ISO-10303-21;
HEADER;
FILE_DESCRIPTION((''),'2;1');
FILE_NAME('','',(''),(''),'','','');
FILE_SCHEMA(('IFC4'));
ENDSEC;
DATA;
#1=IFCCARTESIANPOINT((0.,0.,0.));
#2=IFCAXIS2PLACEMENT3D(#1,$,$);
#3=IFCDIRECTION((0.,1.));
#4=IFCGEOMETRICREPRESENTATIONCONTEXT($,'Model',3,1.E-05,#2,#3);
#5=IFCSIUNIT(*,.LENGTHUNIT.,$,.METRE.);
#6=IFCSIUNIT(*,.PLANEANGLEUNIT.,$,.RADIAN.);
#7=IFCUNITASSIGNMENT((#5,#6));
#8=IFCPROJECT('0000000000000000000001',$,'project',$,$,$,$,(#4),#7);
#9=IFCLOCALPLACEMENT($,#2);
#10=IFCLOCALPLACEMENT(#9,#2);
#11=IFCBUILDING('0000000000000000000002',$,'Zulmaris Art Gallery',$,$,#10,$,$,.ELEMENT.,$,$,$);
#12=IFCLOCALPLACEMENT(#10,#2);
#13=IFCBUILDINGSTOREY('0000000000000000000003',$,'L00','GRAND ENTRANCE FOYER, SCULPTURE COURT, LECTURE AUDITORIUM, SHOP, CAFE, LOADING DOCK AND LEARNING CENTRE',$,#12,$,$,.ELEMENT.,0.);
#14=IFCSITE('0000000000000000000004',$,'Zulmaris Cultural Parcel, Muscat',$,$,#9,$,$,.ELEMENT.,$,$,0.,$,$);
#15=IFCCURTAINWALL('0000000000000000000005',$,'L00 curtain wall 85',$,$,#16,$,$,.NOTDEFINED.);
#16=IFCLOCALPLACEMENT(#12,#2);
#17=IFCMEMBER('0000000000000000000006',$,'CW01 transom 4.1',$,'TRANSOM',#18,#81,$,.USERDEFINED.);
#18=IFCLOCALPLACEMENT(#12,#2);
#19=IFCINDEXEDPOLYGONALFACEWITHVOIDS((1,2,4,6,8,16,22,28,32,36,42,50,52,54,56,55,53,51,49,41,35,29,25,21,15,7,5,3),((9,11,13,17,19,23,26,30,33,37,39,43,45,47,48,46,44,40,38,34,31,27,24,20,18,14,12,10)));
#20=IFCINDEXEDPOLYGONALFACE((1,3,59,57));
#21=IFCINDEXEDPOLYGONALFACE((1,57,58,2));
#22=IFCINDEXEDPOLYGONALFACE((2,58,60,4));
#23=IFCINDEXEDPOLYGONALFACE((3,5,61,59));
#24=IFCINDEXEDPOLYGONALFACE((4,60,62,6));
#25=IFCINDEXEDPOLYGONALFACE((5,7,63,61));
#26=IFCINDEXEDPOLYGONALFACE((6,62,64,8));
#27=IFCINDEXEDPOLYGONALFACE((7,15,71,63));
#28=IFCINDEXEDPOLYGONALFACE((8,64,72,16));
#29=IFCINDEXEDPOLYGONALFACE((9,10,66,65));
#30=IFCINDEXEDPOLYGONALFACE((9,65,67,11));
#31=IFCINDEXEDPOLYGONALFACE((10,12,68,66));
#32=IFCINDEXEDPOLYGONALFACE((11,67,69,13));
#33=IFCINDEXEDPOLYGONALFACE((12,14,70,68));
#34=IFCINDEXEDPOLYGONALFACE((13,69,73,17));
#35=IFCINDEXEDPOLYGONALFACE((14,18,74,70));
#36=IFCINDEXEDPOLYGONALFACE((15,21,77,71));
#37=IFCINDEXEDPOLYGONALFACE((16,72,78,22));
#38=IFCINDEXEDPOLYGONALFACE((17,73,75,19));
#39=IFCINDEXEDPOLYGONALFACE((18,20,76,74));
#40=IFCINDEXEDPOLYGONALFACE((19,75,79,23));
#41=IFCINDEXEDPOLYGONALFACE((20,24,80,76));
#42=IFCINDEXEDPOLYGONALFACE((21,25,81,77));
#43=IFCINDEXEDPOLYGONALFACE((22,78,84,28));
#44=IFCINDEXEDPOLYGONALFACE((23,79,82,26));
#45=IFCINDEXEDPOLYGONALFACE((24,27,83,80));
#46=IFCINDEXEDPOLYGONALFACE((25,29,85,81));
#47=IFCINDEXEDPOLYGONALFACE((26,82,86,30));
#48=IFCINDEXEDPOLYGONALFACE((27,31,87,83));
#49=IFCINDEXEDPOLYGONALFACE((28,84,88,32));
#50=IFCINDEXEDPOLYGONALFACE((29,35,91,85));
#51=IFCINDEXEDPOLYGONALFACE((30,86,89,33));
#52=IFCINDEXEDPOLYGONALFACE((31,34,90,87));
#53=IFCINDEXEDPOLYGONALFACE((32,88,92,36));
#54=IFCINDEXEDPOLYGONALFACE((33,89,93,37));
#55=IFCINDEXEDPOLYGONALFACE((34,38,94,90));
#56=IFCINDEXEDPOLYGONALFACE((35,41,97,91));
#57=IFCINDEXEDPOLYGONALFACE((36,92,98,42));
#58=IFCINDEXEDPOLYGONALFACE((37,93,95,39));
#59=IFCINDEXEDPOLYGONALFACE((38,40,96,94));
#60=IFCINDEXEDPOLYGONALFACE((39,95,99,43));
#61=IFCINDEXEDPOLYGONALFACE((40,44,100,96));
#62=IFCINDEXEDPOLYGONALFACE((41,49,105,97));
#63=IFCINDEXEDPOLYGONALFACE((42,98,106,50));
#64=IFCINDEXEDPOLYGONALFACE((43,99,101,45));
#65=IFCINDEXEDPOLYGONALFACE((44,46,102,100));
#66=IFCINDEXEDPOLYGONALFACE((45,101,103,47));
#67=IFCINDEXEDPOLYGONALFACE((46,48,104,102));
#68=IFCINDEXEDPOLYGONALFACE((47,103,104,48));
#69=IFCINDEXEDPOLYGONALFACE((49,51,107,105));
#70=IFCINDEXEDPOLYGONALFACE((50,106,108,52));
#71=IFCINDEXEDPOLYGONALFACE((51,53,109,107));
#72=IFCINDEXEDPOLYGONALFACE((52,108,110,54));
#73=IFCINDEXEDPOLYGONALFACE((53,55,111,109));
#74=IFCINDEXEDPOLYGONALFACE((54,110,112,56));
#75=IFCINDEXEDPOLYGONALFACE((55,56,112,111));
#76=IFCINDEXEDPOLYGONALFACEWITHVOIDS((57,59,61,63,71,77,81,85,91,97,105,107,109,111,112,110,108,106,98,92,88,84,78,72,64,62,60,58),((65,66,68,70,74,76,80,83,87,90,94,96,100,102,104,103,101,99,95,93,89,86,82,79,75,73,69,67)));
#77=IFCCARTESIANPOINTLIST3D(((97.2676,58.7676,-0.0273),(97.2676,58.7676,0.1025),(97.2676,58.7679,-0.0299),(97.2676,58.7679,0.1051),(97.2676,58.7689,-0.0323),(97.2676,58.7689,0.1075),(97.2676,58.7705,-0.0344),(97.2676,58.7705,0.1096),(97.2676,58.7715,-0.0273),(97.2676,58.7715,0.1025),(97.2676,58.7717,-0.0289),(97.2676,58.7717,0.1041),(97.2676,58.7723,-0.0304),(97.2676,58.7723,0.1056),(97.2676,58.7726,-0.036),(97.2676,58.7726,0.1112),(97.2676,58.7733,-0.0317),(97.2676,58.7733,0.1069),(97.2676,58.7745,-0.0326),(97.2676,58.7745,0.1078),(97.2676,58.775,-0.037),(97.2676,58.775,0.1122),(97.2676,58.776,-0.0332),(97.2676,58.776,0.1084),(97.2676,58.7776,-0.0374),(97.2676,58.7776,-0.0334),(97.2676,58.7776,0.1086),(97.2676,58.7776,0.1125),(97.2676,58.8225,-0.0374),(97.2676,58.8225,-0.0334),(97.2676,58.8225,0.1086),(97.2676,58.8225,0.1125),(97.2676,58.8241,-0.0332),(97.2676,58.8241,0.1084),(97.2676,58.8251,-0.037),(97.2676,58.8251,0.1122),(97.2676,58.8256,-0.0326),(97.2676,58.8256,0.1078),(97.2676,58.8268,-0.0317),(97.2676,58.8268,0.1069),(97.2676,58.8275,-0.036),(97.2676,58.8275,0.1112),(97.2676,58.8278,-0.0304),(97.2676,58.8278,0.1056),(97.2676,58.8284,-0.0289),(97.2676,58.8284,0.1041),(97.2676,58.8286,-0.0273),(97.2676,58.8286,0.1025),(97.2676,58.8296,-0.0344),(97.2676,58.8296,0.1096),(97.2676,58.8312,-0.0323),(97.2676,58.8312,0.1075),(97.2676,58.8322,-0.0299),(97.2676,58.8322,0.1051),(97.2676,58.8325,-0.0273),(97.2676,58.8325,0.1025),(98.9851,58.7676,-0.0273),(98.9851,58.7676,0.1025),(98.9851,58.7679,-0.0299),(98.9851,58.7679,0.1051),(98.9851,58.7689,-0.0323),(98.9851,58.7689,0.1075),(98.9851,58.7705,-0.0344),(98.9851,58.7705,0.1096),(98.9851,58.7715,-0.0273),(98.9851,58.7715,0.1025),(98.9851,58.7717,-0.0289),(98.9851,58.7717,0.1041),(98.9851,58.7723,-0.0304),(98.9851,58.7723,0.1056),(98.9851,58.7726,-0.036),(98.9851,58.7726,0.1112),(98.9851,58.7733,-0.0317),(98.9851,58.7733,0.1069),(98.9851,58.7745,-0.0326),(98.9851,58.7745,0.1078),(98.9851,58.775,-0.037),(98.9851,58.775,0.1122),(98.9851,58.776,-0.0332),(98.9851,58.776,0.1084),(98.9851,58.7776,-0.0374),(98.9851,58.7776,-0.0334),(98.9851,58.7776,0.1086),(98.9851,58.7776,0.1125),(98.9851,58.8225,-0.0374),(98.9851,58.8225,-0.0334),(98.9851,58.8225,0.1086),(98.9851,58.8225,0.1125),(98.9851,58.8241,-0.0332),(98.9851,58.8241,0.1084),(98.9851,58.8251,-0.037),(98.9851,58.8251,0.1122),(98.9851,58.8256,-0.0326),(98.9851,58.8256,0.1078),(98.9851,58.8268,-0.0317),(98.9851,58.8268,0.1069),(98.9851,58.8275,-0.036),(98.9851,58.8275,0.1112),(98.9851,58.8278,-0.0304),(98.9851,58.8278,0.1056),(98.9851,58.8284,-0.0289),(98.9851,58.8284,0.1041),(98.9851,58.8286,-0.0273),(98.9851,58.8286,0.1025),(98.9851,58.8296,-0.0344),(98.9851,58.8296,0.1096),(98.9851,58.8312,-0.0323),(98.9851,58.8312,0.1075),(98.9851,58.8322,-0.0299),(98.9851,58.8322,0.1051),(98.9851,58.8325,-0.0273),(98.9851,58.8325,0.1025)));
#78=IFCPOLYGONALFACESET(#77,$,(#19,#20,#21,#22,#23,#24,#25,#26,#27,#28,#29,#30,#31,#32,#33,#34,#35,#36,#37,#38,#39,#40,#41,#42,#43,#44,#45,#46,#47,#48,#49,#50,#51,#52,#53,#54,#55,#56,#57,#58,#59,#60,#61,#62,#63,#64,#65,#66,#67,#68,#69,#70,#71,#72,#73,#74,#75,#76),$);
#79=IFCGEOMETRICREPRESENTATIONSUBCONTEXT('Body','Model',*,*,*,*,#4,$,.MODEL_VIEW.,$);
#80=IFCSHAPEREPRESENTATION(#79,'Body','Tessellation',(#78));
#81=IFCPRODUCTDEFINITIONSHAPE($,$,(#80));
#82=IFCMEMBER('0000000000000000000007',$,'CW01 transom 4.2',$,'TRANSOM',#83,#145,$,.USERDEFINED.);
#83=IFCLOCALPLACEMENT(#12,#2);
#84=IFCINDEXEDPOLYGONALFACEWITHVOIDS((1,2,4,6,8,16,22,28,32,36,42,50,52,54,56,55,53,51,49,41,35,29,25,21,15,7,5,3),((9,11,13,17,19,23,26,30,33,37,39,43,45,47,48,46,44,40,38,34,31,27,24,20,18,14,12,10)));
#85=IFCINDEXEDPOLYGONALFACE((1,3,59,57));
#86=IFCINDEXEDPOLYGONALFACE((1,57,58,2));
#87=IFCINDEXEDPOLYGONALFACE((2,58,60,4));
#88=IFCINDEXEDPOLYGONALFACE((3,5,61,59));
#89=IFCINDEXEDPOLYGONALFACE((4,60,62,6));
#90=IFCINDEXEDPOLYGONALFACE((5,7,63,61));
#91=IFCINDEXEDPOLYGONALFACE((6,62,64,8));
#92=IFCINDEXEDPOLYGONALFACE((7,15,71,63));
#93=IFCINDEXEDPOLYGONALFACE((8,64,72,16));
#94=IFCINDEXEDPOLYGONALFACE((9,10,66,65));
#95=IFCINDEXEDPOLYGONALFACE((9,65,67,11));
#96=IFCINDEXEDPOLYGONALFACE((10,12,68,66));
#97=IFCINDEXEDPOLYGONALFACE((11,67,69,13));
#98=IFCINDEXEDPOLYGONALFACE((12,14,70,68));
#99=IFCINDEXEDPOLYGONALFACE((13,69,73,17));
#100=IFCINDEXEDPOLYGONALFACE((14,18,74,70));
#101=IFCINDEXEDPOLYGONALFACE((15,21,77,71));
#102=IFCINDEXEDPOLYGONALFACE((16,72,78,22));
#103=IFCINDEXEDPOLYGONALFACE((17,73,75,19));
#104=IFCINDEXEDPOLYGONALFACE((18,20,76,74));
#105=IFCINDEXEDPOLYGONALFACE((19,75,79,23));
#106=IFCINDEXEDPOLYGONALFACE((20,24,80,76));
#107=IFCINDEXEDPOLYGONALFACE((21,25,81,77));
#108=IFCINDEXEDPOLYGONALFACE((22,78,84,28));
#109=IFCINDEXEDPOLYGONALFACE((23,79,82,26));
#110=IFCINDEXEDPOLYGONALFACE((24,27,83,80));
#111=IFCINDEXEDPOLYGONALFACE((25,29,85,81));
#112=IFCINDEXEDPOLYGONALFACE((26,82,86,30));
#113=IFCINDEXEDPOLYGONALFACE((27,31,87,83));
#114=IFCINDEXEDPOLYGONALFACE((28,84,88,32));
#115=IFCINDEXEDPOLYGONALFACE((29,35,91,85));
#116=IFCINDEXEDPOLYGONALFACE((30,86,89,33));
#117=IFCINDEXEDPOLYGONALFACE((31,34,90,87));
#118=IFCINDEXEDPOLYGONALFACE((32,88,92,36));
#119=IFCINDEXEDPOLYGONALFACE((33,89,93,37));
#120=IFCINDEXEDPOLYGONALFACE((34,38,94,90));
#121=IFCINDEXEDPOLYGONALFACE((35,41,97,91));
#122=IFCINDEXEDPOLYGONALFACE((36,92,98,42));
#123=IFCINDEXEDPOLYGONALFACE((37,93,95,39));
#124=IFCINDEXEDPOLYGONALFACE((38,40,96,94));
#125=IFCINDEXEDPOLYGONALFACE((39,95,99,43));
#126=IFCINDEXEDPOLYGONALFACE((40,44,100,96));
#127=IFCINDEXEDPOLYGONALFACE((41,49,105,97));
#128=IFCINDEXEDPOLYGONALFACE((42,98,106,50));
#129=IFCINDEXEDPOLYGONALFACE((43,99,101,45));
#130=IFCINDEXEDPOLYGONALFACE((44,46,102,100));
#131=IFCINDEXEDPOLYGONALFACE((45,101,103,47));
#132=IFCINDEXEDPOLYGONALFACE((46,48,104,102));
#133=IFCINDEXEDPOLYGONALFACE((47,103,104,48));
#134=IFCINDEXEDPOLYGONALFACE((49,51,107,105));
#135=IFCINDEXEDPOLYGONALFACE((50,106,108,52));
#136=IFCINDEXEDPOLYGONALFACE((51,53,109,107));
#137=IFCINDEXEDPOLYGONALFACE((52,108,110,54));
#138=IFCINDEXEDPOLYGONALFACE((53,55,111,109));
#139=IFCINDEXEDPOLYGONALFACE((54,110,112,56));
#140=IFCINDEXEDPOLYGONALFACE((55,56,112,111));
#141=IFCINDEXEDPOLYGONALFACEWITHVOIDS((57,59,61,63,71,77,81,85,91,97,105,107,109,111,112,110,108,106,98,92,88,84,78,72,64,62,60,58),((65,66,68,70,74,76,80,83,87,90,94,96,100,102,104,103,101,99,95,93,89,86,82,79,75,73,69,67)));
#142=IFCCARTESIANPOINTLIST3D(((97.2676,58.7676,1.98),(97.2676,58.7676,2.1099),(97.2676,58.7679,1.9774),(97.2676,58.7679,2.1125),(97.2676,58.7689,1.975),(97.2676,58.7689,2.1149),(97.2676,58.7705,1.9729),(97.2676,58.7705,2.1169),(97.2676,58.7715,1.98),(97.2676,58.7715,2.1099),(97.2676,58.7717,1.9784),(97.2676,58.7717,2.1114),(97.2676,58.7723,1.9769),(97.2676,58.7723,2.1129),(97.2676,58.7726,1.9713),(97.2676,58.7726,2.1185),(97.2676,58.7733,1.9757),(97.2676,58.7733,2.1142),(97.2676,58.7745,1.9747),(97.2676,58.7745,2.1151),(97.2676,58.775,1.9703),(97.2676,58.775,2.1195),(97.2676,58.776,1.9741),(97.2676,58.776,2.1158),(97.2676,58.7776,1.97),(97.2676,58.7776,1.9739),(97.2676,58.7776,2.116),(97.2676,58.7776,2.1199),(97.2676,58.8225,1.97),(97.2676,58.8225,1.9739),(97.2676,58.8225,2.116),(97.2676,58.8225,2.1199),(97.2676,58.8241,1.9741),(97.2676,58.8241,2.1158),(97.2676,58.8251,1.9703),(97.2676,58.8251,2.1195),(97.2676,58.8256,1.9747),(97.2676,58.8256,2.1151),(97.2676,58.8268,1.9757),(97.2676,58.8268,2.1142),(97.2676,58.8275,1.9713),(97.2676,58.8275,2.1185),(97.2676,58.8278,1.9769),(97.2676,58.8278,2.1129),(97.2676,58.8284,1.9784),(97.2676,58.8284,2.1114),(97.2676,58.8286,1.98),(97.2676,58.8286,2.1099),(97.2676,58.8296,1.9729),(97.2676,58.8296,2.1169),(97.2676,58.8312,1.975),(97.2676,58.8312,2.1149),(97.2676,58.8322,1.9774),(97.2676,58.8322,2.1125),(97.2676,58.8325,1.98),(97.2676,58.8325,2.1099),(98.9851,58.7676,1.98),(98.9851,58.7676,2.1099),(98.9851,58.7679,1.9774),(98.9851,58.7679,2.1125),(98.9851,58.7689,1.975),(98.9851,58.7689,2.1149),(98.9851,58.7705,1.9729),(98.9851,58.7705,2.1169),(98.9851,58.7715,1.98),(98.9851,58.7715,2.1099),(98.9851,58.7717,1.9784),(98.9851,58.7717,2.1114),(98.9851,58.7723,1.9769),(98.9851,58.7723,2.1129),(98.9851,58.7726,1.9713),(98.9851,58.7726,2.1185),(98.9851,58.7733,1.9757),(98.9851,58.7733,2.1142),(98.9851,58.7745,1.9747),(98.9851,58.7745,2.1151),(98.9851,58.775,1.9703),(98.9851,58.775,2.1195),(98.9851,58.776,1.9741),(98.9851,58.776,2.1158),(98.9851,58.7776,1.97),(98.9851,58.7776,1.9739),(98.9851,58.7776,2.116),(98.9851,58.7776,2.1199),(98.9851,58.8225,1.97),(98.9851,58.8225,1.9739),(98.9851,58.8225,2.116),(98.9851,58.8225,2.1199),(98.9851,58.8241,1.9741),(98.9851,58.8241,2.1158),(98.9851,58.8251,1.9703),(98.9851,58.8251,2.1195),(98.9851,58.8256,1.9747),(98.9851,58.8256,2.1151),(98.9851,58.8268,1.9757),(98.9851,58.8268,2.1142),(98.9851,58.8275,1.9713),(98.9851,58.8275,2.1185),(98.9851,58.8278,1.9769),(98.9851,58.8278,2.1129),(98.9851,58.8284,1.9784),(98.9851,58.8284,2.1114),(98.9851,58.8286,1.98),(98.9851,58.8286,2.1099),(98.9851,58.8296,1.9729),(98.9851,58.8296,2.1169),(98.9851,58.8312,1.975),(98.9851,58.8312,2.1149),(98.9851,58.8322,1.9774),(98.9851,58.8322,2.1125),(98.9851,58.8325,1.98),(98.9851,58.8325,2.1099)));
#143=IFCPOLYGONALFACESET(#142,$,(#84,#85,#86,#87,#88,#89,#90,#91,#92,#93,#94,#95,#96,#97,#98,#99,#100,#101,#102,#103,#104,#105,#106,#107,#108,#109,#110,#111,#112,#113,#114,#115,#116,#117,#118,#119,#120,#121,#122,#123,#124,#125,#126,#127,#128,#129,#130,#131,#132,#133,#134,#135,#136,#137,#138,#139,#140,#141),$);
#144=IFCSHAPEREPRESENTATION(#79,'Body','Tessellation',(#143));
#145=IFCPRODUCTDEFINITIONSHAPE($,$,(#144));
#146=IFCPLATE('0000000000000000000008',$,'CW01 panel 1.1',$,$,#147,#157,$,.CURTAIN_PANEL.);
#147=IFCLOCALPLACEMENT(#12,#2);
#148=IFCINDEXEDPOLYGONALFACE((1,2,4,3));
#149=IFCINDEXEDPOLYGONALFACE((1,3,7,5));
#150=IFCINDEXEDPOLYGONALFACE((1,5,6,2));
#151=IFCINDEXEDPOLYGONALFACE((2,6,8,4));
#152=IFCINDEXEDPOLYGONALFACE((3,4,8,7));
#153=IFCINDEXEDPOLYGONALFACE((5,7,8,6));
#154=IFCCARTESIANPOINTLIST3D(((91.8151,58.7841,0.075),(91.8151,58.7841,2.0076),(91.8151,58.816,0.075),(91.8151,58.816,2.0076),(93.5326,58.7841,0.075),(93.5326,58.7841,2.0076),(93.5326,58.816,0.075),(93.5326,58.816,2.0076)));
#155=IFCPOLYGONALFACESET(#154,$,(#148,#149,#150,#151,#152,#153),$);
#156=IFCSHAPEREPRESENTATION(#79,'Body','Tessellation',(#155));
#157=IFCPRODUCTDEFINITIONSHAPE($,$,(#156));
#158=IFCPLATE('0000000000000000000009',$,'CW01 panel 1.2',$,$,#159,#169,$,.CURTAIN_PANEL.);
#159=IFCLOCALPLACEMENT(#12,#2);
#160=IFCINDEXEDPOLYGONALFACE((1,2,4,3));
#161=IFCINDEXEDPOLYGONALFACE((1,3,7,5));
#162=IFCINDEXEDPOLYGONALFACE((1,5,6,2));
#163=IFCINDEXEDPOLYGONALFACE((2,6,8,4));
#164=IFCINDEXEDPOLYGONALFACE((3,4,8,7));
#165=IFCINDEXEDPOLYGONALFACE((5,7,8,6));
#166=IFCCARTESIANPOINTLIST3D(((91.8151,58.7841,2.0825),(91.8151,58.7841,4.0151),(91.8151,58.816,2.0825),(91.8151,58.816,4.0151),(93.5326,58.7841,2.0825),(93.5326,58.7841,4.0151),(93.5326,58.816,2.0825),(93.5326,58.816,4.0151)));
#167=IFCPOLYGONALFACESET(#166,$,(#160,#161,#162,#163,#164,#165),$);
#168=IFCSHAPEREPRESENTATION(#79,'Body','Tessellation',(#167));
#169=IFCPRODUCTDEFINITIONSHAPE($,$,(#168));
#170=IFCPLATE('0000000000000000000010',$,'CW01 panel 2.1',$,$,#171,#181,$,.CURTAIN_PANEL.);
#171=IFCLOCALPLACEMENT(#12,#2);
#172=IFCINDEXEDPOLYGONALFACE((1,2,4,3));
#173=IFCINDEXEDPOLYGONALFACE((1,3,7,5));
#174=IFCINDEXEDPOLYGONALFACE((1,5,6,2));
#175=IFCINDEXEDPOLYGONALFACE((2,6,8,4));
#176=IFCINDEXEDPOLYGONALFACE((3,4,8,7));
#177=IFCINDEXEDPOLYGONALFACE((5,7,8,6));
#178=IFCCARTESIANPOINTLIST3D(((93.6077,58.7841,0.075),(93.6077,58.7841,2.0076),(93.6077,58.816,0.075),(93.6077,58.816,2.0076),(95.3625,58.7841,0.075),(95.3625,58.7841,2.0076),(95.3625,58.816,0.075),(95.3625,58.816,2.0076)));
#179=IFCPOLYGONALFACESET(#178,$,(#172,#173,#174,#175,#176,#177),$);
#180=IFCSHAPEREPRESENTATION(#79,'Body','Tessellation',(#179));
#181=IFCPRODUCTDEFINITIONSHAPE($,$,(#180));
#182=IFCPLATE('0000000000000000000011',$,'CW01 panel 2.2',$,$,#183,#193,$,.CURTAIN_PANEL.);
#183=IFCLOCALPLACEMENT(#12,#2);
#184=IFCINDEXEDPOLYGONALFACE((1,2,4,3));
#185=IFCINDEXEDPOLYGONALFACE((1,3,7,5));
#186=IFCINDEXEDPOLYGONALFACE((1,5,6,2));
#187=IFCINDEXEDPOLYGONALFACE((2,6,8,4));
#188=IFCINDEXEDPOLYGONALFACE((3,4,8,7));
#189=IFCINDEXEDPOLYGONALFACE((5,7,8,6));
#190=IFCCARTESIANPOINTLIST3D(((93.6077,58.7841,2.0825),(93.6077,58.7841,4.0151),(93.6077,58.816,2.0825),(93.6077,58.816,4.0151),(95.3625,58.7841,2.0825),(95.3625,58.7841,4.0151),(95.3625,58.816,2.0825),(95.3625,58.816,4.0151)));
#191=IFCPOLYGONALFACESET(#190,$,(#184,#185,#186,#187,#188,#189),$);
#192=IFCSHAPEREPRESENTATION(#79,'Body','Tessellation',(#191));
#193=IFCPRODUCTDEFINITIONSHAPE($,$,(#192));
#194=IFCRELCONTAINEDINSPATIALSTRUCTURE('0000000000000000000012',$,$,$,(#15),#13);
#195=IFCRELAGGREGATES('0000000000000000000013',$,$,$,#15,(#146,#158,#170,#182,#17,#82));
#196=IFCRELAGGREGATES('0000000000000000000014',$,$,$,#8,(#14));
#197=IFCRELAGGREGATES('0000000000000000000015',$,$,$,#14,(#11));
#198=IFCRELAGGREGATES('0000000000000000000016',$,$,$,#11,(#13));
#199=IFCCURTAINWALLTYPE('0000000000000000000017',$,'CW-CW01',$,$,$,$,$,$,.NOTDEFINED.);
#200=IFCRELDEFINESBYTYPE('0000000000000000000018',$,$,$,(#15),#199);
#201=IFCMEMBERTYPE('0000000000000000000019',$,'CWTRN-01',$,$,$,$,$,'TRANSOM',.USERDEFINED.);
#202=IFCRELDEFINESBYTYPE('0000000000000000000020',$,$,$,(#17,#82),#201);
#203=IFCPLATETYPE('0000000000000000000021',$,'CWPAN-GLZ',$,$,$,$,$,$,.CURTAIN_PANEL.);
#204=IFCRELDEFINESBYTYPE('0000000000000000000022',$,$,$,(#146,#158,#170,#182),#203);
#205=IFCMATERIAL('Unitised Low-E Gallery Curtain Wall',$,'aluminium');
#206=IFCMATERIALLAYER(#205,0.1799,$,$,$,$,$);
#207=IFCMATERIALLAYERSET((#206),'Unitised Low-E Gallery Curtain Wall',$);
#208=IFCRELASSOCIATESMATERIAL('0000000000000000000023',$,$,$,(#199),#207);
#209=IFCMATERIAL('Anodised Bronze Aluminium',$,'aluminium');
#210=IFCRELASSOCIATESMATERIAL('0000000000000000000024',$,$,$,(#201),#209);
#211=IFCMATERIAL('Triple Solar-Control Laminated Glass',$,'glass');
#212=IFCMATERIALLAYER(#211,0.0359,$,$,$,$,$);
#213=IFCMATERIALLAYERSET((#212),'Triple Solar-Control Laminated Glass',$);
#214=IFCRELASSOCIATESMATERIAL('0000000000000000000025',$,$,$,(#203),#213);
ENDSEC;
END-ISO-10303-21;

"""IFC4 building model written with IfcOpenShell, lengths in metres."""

from ifc_helpers import new_model, si_unit, direction, frame, origin, origin_2d, place, context, subcontext, project, spatial, rectangle, hollow_rectangle, extrude, material, layer, layer_set, material_profile, profile_set, type_object, element, aggregate, save


model = new_model("IFC4")

# Units and contexts
model_context = context("Model", 3, precision=1e-05, world=origin(), true_north=direction((0.0, 1.0)))
body_context = subcontext(model_context, "Body", "Model", "MODEL_VIEW")
ifc_project = project(units=[si_unit("LENGTHUNIT", "METRE"), si_unit("PLANEANGLEUNIT", "RADIAN")], contexts=[model_context])

# Site, building, storey
site_placement = place(None, origin())
site = spatial("IfcSite", under=ifc_project, at=site_placement, Name="Zulmaris Cultural Parcel, Muscat", CompositionType="ELEMENT", RefElevation=0.0)
building_placement = place(site_placement, origin())
building = spatial("IfcBuilding", under=site, at=building_placement, Name="Zulmaris Art Gallery", CompositionType="ELEMENT")
storey_placement = place(building_placement, origin())
storey = spatial("IfcBuildingStorey", under=building, at=storey_placement, Name="L00", Description="GRAND ENTRANCE FOYER, SCULPTURE COURT, LECTURE AUDITORIUM, SHOP, CAFE, LOADING DOCK AND LEARNING CENTRE", CompositionType="ELEMENT", Elevation=0.0)

# Curtain wall
ifc_material_1 = material(Name="Unitised Low-E Gallery Curtain Wall", Category="aluminium")
ifc_layer_1 = layer(ifc_material_1, 0.1799)
ifc_layer_set_1 = layer_set([ifc_layer_1], Name="Unitised Low-E Gallery Curtain Wall")
curtain_wall_type = type_object("IfcCurtainWallType", Name="CW-CW01", PredefinedType="NOTDEFINED", material=ifc_layer_set_1)
curtain_wall_1_placement = place(storey_placement, origin())
curtain_wall_1 = element("IfcCurtainWall", 1, at=curtain_wall_1_placement, inside=storey, type_object=curtain_wall_type, Name="L00 curtain wall 85", PredefinedType="NOTDEFINED")
ifc_material_2 = material(Name="Anodised Bronze Aluminium", Category="aluminium")

# Members
ifc_material_profile_1 = material_profile(ifc_material_2, hollow_rectangle(XDim=0.0649, YDim=0.1499, WallThickness=0.0039, InnerFilletRadius=0.0061, OuterFilletRadius=0.01, at=origin_2d()), Name="ALU 65x150x4")
ifc_profile_set_1 = profile_set([ifc_material_profile_1], Name="Anodised Bronze Aluminium")
member_type_1 = type_object("IfcMemberType", Name="CWTRN-01", ElementType="TRANSOM", PredefinedType="USERDEFINED", material=ifc_profile_set_1)
member_1_placement = place(storey_placement, frame((97.2676, 58.8, 0.0376), z_axis=(1.0, 0.0, 0.0), x_axis=(0.0, 1.0, 0.0)))
member_1 = element("IfcMember", 2, at=member_1_placement, type_object=member_type_1, Name="CW01 transom 4.1", ObjectType="TRANSOM", PredefinedType="USERDEFINED", context=body_context, shape_type="SweptSolid", body=[
    extrude(hollow_rectangle(XDim=0.0649, YDim=0.1499, WallThickness=0.0039, InnerFilletRadius=0.0061, OuterFilletRadius=0.01, at=origin_2d()), origin(), (0.0, 0.0, 1.0), 1.7175),
])
member_2_placement = place(storey_placement, frame((97.2676, 58.8, 2.0449), z_axis=(1.0, 0.0, 0.0), x_axis=(0.0, 1.0, 0.0)))
member_2 = element("IfcMember", 3, at=member_2_placement, type_object=member_type_1, Name="CW01 transom 4.2", ObjectType="TRANSOM", PredefinedType="USERDEFINED", context=body_context, shape_type="SweptSolid", body=[
    extrude(hollow_rectangle(XDim=0.0649, YDim=0.1499, WallThickness=0.0039, InnerFilletRadius=0.0061, OuterFilletRadius=0.01, at=origin_2d()), origin(), (0.0, 0.0, 1.0), 1.7175),
])

# Plates
ifc_material_3 = material(Name="Triple Solar-Control Laminated Glass", Category="glass")
ifc_layer_2 = layer(ifc_material_3, 0.0359)
ifc_layer_set_2 = layer_set([ifc_layer_2], Name="Triple Solar-Control Laminated Glass")
plate_type = type_object("IfcPlateType", Name="CWPAN-GLZ", PredefinedType="CURTAIN_PANEL", material=ifc_layer_set_2)
plate_1_placement = place(storey_placement, frame((92.6738, 58.8, 0.075), z_axis=(0.0, 0.0, 1.0), x_axis=(1.0, 0.0, 0.0)))
plate_1 = element("IfcPlate", 4, at=plate_1_placement, type_object=plate_type, Name="CW01 panel 1.1", PredefinedType="CURTAIN_PANEL", context=body_context, shape_type="SweptSolid", body=[
    extrude(rectangle(XDim=1.7175, YDim=0.032, at=origin_2d()), origin(), (0.0, 0.0, 1.0), 1.9326),
])
plate_2_placement = place(storey_placement, frame((92.6738, 58.8, 2.0825), z_axis=(0.0, 0.0, 1.0), x_axis=(1.0, 0.0, 0.0)))
plate_2 = element("IfcPlate", 5, at=plate_2_placement, type_object=plate_type, Name="CW01 panel 1.2", PredefinedType="CURTAIN_PANEL", context=body_context, shape_type="SweptSolid", body=[
    extrude(rectangle(XDim=1.7175, YDim=0.032, at=origin_2d()), origin(), (0.0, 0.0, 1.0), 1.9326),
])
plate_3_placement = place(storey_placement, frame((94.4851, 58.8, 0.075), z_axis=(0.0, 0.0, 1.0), x_axis=(1.0, 0.0, 0.0)))
plate_3 = element("IfcPlate", 6, at=plate_3_placement, type_object=plate_type, Name="CW01 panel 2.1", PredefinedType="CURTAIN_PANEL", context=body_context, shape_type="SweptSolid", body=[
    extrude(rectangle(XDim=1.7549, YDim=0.032, at=origin_2d()), origin(), (0.0, 0.0, 1.0), 1.9326),
])
plate_4_placement = place(storey_placement, frame((94.4851, 58.8, 2.0825), z_axis=(0.0, 0.0, 1.0), x_axis=(1.0, 0.0, 0.0)))
plate_4 = element("IfcPlate", 7, at=plate_4_placement, type_object=plate_type, Name="CW01 panel 2.2", PredefinedType="CURTAIN_PANEL", context=body_context, shape_type="SweptSolid", body=[
    extrude(rectangle(XDim=1.7549, YDim=0.032, at=origin_2d()), origin(), (0.0, 0.0, 1.0), 1.9326),
])
aggregate(curtain_wall_1, [plate_1, plate_2, plate_3, plate_4, member_1, member_2])

save(model, "model.ifc")
